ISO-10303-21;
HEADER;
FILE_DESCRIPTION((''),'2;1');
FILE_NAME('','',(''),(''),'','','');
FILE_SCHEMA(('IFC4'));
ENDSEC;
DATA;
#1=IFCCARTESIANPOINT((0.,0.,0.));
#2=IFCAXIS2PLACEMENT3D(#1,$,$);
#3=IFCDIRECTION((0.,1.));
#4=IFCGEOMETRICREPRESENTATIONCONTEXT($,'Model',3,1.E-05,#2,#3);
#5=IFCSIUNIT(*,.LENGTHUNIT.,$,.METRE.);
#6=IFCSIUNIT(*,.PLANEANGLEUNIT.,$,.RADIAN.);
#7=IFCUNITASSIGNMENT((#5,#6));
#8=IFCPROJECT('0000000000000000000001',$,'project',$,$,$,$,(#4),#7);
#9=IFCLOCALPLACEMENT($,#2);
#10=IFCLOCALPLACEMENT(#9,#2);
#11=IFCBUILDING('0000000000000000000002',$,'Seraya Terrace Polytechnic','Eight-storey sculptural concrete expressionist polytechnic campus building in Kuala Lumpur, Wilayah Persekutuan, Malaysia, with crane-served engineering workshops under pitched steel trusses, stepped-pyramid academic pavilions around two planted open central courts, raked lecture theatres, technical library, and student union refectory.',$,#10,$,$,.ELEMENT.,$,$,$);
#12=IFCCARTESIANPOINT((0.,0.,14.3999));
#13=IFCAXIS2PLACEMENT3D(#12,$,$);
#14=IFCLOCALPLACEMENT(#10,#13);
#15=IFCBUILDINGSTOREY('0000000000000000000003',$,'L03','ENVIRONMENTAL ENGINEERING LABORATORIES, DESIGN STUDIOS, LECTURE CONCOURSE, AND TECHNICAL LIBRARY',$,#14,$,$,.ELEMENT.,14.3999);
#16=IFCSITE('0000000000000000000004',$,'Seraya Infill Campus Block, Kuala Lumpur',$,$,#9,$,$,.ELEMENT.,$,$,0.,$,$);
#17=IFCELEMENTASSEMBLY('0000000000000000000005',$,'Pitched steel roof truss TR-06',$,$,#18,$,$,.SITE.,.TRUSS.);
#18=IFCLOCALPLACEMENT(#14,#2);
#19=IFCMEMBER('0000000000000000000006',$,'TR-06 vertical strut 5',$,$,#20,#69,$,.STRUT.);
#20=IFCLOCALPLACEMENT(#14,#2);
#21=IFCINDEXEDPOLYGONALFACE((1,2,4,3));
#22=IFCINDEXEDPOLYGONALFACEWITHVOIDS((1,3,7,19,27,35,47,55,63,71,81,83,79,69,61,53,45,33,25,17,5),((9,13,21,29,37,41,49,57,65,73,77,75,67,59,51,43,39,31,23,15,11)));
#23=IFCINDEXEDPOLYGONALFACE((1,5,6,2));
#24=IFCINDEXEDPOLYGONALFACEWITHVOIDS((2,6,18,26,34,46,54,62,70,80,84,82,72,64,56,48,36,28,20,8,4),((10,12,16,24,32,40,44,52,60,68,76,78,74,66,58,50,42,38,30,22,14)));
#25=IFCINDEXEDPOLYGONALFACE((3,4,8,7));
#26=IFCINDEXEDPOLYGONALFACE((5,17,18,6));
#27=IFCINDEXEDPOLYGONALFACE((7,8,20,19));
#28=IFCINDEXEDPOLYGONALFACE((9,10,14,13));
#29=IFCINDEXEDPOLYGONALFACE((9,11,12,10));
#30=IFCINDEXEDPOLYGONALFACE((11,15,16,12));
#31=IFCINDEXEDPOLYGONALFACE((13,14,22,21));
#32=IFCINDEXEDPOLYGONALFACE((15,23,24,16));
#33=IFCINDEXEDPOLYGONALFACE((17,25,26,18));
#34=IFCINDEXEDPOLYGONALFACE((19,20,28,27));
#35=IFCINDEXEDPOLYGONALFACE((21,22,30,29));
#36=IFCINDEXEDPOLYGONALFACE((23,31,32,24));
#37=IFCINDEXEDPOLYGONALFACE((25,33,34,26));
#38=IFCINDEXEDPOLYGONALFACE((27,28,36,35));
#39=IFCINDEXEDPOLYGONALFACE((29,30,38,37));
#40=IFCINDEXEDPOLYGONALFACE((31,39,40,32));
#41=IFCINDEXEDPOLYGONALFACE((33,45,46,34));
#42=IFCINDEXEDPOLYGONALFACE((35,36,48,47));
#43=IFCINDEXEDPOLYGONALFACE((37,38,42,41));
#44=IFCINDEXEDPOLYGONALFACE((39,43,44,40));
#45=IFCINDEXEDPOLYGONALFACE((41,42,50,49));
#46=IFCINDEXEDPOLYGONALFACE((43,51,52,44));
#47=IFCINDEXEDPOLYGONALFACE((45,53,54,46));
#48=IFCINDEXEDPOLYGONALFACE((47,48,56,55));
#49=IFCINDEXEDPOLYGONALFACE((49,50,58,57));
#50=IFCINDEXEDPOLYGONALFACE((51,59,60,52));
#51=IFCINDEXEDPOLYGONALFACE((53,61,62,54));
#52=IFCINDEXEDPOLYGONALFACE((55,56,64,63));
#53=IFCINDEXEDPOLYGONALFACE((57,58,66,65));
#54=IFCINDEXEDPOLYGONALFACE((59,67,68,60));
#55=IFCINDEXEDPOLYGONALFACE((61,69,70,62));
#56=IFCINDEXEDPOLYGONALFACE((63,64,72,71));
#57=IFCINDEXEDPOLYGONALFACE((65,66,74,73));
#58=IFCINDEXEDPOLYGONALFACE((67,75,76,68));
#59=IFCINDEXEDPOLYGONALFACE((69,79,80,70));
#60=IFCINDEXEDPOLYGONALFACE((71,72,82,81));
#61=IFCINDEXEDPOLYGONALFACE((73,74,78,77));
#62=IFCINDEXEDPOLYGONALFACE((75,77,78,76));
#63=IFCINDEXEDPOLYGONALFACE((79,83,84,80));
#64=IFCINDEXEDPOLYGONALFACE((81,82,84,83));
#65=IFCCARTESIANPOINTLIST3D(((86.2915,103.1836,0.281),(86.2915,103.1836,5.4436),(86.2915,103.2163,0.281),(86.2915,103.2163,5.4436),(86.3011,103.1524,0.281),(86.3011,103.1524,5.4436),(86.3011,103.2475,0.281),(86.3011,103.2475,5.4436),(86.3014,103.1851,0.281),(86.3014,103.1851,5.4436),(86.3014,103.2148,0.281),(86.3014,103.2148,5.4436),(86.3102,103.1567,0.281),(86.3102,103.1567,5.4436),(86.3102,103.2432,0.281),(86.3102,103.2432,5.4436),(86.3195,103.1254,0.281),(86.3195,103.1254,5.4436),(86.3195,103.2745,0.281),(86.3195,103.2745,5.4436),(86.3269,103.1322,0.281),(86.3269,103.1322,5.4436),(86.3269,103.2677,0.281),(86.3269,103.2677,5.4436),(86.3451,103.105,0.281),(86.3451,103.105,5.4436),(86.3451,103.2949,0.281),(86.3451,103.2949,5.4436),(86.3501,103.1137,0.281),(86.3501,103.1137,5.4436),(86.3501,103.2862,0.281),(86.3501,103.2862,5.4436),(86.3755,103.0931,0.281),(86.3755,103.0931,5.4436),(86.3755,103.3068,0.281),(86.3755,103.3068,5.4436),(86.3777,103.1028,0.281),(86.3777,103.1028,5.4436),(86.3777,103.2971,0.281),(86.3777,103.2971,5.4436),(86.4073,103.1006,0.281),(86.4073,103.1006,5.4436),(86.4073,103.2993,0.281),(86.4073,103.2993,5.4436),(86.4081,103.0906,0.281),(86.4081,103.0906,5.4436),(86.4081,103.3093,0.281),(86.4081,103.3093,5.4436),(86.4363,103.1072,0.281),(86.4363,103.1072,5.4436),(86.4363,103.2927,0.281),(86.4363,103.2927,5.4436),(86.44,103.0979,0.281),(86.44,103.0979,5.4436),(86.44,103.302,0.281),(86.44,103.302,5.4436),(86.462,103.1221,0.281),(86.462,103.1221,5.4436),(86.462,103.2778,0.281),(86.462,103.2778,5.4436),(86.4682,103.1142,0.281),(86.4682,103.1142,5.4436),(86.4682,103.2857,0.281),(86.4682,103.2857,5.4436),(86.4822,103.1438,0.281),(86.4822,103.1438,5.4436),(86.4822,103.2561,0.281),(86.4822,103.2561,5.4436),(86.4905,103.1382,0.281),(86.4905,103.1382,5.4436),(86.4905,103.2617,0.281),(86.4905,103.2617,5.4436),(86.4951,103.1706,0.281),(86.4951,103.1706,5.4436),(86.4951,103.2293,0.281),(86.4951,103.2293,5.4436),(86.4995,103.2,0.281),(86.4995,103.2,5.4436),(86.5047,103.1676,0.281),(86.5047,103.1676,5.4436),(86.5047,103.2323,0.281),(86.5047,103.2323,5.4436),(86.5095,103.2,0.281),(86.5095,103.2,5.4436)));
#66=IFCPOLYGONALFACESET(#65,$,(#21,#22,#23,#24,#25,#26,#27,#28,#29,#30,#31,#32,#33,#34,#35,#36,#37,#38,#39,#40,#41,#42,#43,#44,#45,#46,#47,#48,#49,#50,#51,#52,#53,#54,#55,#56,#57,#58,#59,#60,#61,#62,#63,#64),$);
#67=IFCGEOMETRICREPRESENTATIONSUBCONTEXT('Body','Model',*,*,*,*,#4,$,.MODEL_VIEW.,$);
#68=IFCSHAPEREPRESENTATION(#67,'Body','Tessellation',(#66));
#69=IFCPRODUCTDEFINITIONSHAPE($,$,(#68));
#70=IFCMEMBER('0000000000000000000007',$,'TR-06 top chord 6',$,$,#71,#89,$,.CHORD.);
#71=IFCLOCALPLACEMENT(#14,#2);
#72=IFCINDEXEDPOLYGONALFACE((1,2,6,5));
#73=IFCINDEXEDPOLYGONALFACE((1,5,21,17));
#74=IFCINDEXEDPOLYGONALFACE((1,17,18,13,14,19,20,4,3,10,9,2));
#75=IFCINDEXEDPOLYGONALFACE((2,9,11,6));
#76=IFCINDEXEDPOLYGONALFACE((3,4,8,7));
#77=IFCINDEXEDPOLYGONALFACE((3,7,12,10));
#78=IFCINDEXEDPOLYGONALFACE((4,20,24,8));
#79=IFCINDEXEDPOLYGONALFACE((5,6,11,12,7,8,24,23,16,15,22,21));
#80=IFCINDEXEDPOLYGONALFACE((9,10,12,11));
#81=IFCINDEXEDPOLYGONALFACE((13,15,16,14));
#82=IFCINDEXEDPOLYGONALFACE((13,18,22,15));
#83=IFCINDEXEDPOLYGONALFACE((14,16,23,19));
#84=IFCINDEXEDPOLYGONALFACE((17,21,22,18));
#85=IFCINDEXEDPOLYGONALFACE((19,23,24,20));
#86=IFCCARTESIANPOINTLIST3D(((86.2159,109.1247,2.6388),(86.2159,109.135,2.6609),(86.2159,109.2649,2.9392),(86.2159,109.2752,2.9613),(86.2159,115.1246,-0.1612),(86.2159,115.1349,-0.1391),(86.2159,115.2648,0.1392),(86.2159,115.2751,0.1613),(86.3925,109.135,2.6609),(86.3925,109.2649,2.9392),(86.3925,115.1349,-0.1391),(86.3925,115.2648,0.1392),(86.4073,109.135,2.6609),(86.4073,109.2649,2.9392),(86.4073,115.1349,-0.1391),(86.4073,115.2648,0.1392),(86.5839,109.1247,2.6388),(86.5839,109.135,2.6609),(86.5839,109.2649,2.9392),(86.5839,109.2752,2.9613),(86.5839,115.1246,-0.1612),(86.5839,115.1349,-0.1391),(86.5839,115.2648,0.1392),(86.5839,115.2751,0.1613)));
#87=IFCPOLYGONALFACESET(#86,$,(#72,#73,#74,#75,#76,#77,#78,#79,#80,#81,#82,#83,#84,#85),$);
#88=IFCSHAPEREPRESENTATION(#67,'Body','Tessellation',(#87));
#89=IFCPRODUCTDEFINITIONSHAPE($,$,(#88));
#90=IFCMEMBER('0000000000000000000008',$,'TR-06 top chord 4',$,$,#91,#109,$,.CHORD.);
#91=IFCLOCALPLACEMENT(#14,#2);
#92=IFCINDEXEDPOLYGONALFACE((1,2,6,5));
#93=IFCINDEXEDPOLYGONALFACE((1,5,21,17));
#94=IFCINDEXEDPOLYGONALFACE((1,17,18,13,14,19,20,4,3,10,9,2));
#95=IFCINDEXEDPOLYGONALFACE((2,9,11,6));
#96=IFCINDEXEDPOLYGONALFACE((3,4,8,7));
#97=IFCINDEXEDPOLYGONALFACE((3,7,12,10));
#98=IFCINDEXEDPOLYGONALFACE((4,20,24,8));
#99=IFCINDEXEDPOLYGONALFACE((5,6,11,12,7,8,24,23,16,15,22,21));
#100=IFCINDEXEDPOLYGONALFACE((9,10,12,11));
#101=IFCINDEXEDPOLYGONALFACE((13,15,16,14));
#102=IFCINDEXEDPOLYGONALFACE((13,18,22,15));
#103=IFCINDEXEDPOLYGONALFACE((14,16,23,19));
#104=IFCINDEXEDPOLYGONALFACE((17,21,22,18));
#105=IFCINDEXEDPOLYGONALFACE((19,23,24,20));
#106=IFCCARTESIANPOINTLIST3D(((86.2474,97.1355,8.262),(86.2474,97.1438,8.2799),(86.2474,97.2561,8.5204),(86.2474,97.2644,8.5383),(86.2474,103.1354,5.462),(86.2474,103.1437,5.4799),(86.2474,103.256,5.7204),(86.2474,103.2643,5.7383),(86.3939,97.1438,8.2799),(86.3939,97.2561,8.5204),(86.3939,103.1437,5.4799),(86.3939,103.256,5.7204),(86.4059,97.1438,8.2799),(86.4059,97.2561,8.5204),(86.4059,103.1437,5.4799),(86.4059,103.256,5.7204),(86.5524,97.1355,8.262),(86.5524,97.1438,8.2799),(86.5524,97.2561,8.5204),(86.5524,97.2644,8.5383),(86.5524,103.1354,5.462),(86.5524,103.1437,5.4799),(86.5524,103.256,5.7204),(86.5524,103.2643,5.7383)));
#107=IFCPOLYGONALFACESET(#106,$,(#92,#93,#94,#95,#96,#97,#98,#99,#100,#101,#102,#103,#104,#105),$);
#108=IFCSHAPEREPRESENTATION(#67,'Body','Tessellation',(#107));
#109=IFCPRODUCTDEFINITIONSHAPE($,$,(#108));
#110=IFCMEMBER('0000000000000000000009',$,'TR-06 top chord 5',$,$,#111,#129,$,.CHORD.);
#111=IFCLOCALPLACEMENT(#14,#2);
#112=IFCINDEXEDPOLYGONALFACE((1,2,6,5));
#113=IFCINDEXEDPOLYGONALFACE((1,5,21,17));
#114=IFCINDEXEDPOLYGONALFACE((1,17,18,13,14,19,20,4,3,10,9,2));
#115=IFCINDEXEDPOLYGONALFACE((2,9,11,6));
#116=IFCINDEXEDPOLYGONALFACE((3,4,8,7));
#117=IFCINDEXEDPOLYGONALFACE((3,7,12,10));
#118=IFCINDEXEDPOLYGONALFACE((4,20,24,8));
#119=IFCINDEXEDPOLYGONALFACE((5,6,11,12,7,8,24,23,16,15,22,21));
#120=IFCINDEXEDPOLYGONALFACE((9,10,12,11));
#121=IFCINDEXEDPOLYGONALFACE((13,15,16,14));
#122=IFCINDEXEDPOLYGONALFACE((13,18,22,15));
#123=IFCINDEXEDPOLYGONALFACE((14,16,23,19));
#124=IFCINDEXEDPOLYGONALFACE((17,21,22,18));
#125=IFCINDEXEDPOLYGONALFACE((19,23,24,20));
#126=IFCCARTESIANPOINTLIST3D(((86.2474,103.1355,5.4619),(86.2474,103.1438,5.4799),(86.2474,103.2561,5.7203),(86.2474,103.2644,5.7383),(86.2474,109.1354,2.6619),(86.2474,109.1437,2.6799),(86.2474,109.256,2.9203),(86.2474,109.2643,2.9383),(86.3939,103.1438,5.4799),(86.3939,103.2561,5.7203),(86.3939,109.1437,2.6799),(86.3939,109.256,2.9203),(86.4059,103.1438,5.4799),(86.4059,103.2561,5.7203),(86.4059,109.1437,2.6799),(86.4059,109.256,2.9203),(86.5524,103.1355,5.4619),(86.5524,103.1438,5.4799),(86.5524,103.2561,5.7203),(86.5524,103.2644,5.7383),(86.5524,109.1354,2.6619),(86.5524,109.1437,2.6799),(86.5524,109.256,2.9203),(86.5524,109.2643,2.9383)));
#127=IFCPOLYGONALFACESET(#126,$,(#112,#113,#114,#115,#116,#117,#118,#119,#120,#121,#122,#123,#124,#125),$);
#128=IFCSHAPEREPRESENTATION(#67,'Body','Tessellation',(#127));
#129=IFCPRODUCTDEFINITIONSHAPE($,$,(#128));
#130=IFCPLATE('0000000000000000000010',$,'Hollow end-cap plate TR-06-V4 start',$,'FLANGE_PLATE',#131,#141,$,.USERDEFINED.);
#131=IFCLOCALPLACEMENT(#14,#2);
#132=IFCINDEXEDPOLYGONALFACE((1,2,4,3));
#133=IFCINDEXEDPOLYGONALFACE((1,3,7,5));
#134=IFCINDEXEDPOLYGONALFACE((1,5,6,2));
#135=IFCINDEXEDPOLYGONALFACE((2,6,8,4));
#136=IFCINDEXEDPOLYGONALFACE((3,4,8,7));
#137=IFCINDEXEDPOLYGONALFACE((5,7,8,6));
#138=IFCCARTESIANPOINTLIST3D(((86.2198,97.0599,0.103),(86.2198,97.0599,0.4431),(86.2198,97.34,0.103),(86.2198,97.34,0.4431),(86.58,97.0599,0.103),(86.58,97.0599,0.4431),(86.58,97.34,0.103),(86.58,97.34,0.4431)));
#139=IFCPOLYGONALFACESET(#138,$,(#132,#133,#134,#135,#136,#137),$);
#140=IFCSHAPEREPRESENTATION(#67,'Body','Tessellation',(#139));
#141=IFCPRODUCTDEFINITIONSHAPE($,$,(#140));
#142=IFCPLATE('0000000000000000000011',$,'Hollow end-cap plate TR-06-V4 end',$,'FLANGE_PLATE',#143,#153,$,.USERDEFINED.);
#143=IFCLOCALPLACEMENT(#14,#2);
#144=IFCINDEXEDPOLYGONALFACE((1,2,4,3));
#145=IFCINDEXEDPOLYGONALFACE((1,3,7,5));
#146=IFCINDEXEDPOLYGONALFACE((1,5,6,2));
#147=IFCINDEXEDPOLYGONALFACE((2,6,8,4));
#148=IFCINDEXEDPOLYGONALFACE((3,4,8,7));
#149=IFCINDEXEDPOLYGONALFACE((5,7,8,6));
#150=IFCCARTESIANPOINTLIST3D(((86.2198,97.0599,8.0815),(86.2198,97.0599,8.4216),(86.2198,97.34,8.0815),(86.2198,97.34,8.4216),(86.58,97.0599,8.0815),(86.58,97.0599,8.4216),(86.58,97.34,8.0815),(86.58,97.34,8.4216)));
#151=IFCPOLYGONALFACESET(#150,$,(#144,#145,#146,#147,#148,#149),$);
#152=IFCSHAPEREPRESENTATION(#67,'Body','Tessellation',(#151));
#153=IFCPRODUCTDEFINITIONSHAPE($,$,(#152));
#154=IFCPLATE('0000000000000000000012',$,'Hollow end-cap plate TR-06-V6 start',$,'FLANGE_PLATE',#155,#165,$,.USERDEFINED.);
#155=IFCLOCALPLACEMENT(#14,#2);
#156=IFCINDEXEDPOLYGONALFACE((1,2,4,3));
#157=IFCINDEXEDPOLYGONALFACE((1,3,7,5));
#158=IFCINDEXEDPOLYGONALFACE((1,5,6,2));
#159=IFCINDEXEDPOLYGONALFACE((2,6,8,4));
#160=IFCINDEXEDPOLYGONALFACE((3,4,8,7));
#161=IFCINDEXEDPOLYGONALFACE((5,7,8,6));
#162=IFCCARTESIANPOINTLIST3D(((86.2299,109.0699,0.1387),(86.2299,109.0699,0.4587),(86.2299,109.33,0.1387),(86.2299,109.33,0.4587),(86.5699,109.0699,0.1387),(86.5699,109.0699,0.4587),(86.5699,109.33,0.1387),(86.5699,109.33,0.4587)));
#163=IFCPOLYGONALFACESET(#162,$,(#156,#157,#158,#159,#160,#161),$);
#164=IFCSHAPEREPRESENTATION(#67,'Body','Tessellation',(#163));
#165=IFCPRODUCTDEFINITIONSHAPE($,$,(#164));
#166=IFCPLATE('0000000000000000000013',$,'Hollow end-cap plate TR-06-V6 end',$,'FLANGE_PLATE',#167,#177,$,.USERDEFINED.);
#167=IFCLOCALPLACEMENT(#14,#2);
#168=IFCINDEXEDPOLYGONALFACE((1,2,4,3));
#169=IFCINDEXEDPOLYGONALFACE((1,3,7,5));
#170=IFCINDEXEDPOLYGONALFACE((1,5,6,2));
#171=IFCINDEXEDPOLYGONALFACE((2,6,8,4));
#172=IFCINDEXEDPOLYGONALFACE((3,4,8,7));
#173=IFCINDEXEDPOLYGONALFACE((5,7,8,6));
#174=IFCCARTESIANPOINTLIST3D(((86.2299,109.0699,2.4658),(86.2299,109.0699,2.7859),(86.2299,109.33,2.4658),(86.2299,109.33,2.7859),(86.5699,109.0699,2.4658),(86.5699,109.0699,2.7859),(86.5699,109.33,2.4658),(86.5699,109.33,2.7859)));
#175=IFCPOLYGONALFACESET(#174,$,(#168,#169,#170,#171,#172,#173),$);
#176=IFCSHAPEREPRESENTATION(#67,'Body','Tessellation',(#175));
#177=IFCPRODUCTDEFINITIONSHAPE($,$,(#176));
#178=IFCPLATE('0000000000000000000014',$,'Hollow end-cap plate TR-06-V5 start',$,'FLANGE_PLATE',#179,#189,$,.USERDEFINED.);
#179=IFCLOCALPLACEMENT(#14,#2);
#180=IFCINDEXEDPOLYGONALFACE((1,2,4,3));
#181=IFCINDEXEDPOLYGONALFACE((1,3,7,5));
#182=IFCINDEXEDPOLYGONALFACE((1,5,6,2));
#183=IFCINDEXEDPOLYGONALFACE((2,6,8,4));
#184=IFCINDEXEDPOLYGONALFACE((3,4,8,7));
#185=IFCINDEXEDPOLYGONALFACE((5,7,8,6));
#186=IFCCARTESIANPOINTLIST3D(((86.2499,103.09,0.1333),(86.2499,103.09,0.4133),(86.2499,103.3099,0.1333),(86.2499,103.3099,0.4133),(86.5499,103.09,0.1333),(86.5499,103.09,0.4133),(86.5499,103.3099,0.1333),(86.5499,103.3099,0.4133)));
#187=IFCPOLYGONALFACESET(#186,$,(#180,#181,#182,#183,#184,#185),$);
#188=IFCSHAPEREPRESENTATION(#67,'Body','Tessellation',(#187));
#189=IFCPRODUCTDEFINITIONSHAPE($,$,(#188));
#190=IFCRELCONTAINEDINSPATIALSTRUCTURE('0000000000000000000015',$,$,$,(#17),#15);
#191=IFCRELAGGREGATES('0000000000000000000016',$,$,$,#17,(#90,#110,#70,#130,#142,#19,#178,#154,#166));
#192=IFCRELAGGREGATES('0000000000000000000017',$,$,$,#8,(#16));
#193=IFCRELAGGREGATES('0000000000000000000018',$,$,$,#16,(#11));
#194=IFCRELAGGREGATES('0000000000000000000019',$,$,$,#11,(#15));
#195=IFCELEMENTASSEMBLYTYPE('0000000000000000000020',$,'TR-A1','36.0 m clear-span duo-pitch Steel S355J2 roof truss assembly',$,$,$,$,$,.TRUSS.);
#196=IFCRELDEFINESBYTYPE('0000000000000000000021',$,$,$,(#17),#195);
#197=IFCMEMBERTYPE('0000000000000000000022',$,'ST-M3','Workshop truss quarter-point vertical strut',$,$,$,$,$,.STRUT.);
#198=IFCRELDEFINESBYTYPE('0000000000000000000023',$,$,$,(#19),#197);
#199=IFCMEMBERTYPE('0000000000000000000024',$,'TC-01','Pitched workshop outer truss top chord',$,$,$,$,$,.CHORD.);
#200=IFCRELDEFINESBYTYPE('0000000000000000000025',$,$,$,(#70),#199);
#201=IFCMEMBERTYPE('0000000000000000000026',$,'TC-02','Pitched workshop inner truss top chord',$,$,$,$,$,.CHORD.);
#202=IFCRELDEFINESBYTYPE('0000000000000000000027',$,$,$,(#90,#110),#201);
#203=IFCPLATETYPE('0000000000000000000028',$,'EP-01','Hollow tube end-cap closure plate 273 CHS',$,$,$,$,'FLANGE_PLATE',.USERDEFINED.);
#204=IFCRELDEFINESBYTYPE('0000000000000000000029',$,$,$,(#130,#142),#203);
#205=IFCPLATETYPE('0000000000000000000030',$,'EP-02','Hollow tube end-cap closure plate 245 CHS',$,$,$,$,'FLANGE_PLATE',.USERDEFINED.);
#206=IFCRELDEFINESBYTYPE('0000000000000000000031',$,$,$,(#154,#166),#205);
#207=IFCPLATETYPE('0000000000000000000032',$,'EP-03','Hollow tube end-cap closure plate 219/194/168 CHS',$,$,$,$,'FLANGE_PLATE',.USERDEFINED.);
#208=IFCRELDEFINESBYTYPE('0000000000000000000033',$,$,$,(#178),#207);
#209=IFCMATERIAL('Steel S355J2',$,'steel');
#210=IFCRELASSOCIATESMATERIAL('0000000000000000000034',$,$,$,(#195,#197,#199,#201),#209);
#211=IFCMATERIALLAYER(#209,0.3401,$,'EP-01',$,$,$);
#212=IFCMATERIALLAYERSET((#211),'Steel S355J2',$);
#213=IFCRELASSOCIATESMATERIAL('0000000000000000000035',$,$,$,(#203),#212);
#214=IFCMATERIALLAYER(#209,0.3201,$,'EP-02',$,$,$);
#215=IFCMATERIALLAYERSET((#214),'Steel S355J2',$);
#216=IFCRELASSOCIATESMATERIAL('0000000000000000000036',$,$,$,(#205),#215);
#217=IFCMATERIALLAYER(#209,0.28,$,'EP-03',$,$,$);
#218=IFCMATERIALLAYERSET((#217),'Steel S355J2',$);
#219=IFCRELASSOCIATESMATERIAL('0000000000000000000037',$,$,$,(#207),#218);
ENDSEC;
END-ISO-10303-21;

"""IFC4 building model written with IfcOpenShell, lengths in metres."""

from ifc_helpers import new_model, si_unit, direction, frame, origin, origin_2d, place, context, subcontext, project, spatial, rectangle, hollow_circle, i_section, extrude, material, layer, layer_set, material_profile, profile_set, type_object, element, aggregate, save


model = new_model("IFC4")

# Units and contexts
model_context = context("Model", 3, precision=1e-05, world=origin(), true_north=direction((0.0, 1.0)))
body_context = subcontext(model_context, "Body", "Model", "MODEL_VIEW")
ifc_project = project(units=[si_unit("LENGTHUNIT", "METRE"), si_unit("PLANEANGLEUNIT", "RADIAN")], contexts=[model_context])

# Site, building, storey
site_placement = place(None, origin())
site = spatial("IfcSite", under=ifc_project, at=site_placement, Name="Seraya Infill Campus Block, Kuala Lumpur", CompositionType="ELEMENT", RefElevation=0.0)
building_placement = place(site_placement, origin())
building = spatial("IfcBuilding", under=site, at=building_placement, Name="Seraya Terrace Polytechnic", Description="Eight-storey sculptural concrete expressionist polytechnic campus building in Kuala Lumpur, Wilayah Persekutuan, Malaysia, with crane-served engineering workshops under pitched steel trusses, stepped-pyramid academic pavilions around two planted open central courts, raked lecture theatres, technical library, and student union refectory.", CompositionType="ELEMENT")
storey_placement = place(building_placement, frame((0.0, 0.0, 14.3999)))
storey = spatial("IfcBuildingStorey", under=building, at=storey_placement, Name="L03", Description="ENVIRONMENTAL ENGINEERING LABORATORIES, DESIGN STUDIOS, LECTURE CONCOURSE, AND TECHNICAL LIBRARY", CompositionType="ELEMENT", Elevation=14.3999)

# Element assembly
ifc_material_1 = material(Name="Steel S355J2", Category="steel")
element_assembly_type = type_object("IfcElementAssemblyType", Name="TR-A1", Description="36.0 m clear-span duo-pitch Steel S355J2 roof truss assembly", PredefinedType="TRUSS", material=ifc_material_1)
assembly_placement = place(storey_placement, origin())
assembly = element("IfcElementAssembly", 1, at=assembly_placement, inside=storey, type_object=element_assembly_type, Name="Pitched steel roof truss TR-06", AssemblyPlace="SITE", PredefinedType="TRUSS")

# Members
ifc_material_profile_1 = material_profile(ifc_material_1, hollow_circle(Radius=0.1096, WallThickness=0.01, at=origin_2d()), Name="CHS 219.1x10.0")
ifc_profile_set_1 = profile_set([ifc_material_profile_1], Name="Steel S355J2")
member_type_1 = type_object("IfcMemberType", Name="ST-M3", Description="Workshop truss quarter-point vertical strut", PredefinedType="STRUT", material=ifc_profile_set_1)
member_1_placement = place(storey_placement, frame((86.3999, 103.2, 0.281), z_axis=(0.0, 0.0, 1.0), x_axis=(1.0, 0.0, 0.0)))
member_1 = element("IfcMember", 2, at=member_1_placement, type_object=member_type_1, Name="TR-06 vertical strut 5", PredefinedType="STRUT", context=body_context, shape_type="SweptSolid", body=[
    extrude(hollow_circle(Radius=0.1096, WallThickness=0.01, at=origin_2d()), origin(), (0.0, 0.0, 1.0), 5.1626),
])
ifc_material_profile_2 = material_profile(ifc_material_1, i_section(OverallWidth=0.3679, OverallDepth=0.356, WebThickness=0.0149, FlangeThickness=0.0244, at=origin_2d()), Name="UKC 356x368x15.0x24.4")
ifc_profile_set_2 = profile_set([ifc_material_profile_2], Name="Steel S355J2")
member_type_2 = type_object("IfcMemberType", Name="TC-01", Description="Pitched workshop outer truss top chord", PredefinedType="CHORD", material=ifc_profile_set_2)
member_2_placement = place(storey_placement, frame((86.3999, 109.2, 2.8), z_axis=(0.0, 0.90618, -0.422892), x_axis=(-1.0, 0.0, 0.0)))
member_2 = element("IfcMember", 3, at=member_2_placement, type_object=member_type_2, Name="TR-06 top chord 6", PredefinedType="CHORD", context=body_context, shape_type="SweptSolid", body=[
    extrude(i_section(OverallWidth=0.3679, OverallDepth=0.356, WebThickness=0.0149, FlangeThickness=0.0244, at=origin_2d()), origin(), (0.0, 0.0, 1.0), 6.6211),
])
ifc_material_profile_3 = material_profile(ifc_material_1, i_section(OverallWidth=0.3049, OverallDepth=0.3049, WebThickness=0.012, FlangeThickness=0.0198, at=origin_2d()), Name="UKC 305x305x12.0x19.7")
ifc_profile_set_3 = profile_set([ifc_material_profile_3], Name="Steel S355J2")
member_type_3 = type_object("IfcMemberType", Name="TC-02", Description="Pitched workshop inner truss top chord", PredefinedType="CHORD", material=ifc_profile_set_3)
member_3_placement = place(storey_placement, frame((86.3999, 97.2, 8.4001), z_axis=(0.0, 0.90618, -0.422892), x_axis=(-1.0, 0.0, 0.0)))
member_3 = element("IfcMember", 4, at=member_3_placement, type_object=member_type_3, Name="TR-06 top chord 4", PredefinedType="CHORD", context=body_context, shape_type="SweptSolid", body=[
    extrude(i_section(OverallWidth=0.3049, OverallDepth=0.3049, WebThickness=0.012, FlangeThickness=0.0198, at=origin_2d()), origin(), (0.0, 0.0, 1.0), 6.6211),
])
member_4_placement = place(storey_placement, frame((86.3999, 103.2, 5.6001), z_axis=(0.0, 0.90618, -0.422892), x_axis=(-1.0, 0.0, 0.0)))
member_4 = element("IfcMember", 5, at=member_4_placement, type_object=member_type_3, Name="TR-06 top chord 5", PredefinedType="CHORD", context=body_context, shape_type="SweptSolid", body=[
    extrude(i_section(OverallWidth=0.3049, OverallDepth=0.3049, WebThickness=0.012, FlangeThickness=0.0198, at=origin_2d()), origin(), (0.0, 0.0, 1.0), 6.6211),
])

# Plates
ifc_layer_1 = layer(ifc_material_1, 0.3401, Name="EP-01")
ifc_layer_set_1 = layer_set([ifc_layer_1], Name="Steel S355J2")
plate_type_1 = type_object("IfcPlateType", Name="EP-01", Description="Hollow tube end-cap closure plate 273 CHS", ElementType="FLANGE_PLATE", PredefinedType="USERDEFINED", material=ifc_layer_set_1)
plate_1_placement = place(storey_placement, frame((86.3999, 97.2, 0.103), z_axis=(0.0, 0.0, 1.0), x_axis=(1.0, 0.0, 0.0)))
plate_1 = element("IfcPlate", 6, at=plate_1_placement, type_object=plate_type_1, Name="Hollow end-cap plate TR-06-V4 start", ObjectType="FLANGE_PLATE", PredefinedType="USERDEFINED", context=body_context, shape_type="SweptSolid", body=[
    extrude(rectangle(XDim=0.3601, YDim=0.28, at=origin_2d()), origin(), (0.0, 0.0, 1.0), 0.3401),
])
plate_2_placement = place(storey_placement, frame((86.3999, 97.2, 8.0815), z_axis=(0.0, 0.0, 1.0), x_axis=(1.0, 0.0, 0.0)))
plate_2 = element("IfcPlate", 7, at=plate_2_placement, type_object=plate_type_1, Name="Hollow end-cap plate TR-06-V4 end", ObjectType="FLANGE_PLATE", PredefinedType="USERDEFINED", context=body_context, shape_type="SweptSolid", body=[
    extrude(rectangle(XDim=0.3601, YDim=0.28, at=origin_2d()), origin(), (0.0, 0.0, 1.0), 0.3401),
])
ifc_layer_2 = layer(ifc_material_1, 0.3201, Name="EP-02")
ifc_layer_set_2 = layer_set([ifc_layer_2], Name="Steel S355J2")
plate_type_2 = type_object("IfcPlateType", Name="EP-02", Description="Hollow tube end-cap closure plate 245 CHS", ElementType="FLANGE_PLATE", PredefinedType="USERDEFINED", material=ifc_layer_set_2)
plate_3_placement = place(storey_placement, frame((86.3999, 109.2, 0.1387), z_axis=(0.0, 0.0, 1.0), x_axis=(1.0, 0.0, 0.0)))
plate_3 = element("IfcPlate", 8, at=plate_3_placement, type_object=plate_type_2, Name="Hollow end-cap plate TR-06-V6 start", ObjectType="FLANGE_PLATE", PredefinedType="USERDEFINED", context=body_context, shape_type="SweptSolid", body=[
    extrude(rectangle(XDim=0.3401, YDim=0.26, at=origin_2d()), origin(), (0.0, 0.0, 1.0), 0.3201),
])
plate_4_placement = place(storey_placement, frame((86.3999, 109.2, 2.4658), z_axis=(0.0, 0.0, 1.0), x_axis=(1.0, 0.0, 0.0)))
plate_4 = element("IfcPlate", 9, at=plate_4_placement, type_object=plate_type_2, Name="Hollow end-cap plate TR-06-V6 end", ObjectType="FLANGE_PLATE", PredefinedType="USERDEFINED", context=body_context, shape_type="SweptSolid", body=[
    extrude(rectangle(XDim=0.3401, YDim=0.26, at=origin_2d()), origin(), (0.0, 0.0, 1.0), 0.3201),
])
ifc_layer_3 = layer(ifc_material_1, 0.28, Name="EP-03")
ifc_layer_set_3 = layer_set([ifc_layer_3], Name="Steel S355J2")
plate_type_3 = type_object("IfcPlateType", Name="EP-03", Description="Hollow tube end-cap closure plate 219/194/168 CHS", ElementType="FLANGE_PLATE", PredefinedType="USERDEFINED", material=ifc_layer_set_3)
plate_5_placement = place(storey_placement, frame((86.3999, 103.2, 0.1333), z_axis=(0.0, 0.0, 1.0), x_axis=(1.0, 0.0, 0.0)))
plate_5 = element("IfcPlate", 10, at=plate_5_placement, type_object=plate_type_3, Name="Hollow end-cap plate TR-06-V5 start", ObjectType="FLANGE_PLATE", PredefinedType="USERDEFINED", context=body_context, shape_type="SweptSolid", body=[
    extrude(rectangle(XDim=0.3, YDim=0.22, at=origin_2d()), origin(), (0.0, 0.0, 1.0), 0.28),
])
aggregate(assembly, [member_3, member_4, member_2, plate_1, plate_2, member_1, plate_5, plate_3, plate_4])

save(model, "model.ifc")
